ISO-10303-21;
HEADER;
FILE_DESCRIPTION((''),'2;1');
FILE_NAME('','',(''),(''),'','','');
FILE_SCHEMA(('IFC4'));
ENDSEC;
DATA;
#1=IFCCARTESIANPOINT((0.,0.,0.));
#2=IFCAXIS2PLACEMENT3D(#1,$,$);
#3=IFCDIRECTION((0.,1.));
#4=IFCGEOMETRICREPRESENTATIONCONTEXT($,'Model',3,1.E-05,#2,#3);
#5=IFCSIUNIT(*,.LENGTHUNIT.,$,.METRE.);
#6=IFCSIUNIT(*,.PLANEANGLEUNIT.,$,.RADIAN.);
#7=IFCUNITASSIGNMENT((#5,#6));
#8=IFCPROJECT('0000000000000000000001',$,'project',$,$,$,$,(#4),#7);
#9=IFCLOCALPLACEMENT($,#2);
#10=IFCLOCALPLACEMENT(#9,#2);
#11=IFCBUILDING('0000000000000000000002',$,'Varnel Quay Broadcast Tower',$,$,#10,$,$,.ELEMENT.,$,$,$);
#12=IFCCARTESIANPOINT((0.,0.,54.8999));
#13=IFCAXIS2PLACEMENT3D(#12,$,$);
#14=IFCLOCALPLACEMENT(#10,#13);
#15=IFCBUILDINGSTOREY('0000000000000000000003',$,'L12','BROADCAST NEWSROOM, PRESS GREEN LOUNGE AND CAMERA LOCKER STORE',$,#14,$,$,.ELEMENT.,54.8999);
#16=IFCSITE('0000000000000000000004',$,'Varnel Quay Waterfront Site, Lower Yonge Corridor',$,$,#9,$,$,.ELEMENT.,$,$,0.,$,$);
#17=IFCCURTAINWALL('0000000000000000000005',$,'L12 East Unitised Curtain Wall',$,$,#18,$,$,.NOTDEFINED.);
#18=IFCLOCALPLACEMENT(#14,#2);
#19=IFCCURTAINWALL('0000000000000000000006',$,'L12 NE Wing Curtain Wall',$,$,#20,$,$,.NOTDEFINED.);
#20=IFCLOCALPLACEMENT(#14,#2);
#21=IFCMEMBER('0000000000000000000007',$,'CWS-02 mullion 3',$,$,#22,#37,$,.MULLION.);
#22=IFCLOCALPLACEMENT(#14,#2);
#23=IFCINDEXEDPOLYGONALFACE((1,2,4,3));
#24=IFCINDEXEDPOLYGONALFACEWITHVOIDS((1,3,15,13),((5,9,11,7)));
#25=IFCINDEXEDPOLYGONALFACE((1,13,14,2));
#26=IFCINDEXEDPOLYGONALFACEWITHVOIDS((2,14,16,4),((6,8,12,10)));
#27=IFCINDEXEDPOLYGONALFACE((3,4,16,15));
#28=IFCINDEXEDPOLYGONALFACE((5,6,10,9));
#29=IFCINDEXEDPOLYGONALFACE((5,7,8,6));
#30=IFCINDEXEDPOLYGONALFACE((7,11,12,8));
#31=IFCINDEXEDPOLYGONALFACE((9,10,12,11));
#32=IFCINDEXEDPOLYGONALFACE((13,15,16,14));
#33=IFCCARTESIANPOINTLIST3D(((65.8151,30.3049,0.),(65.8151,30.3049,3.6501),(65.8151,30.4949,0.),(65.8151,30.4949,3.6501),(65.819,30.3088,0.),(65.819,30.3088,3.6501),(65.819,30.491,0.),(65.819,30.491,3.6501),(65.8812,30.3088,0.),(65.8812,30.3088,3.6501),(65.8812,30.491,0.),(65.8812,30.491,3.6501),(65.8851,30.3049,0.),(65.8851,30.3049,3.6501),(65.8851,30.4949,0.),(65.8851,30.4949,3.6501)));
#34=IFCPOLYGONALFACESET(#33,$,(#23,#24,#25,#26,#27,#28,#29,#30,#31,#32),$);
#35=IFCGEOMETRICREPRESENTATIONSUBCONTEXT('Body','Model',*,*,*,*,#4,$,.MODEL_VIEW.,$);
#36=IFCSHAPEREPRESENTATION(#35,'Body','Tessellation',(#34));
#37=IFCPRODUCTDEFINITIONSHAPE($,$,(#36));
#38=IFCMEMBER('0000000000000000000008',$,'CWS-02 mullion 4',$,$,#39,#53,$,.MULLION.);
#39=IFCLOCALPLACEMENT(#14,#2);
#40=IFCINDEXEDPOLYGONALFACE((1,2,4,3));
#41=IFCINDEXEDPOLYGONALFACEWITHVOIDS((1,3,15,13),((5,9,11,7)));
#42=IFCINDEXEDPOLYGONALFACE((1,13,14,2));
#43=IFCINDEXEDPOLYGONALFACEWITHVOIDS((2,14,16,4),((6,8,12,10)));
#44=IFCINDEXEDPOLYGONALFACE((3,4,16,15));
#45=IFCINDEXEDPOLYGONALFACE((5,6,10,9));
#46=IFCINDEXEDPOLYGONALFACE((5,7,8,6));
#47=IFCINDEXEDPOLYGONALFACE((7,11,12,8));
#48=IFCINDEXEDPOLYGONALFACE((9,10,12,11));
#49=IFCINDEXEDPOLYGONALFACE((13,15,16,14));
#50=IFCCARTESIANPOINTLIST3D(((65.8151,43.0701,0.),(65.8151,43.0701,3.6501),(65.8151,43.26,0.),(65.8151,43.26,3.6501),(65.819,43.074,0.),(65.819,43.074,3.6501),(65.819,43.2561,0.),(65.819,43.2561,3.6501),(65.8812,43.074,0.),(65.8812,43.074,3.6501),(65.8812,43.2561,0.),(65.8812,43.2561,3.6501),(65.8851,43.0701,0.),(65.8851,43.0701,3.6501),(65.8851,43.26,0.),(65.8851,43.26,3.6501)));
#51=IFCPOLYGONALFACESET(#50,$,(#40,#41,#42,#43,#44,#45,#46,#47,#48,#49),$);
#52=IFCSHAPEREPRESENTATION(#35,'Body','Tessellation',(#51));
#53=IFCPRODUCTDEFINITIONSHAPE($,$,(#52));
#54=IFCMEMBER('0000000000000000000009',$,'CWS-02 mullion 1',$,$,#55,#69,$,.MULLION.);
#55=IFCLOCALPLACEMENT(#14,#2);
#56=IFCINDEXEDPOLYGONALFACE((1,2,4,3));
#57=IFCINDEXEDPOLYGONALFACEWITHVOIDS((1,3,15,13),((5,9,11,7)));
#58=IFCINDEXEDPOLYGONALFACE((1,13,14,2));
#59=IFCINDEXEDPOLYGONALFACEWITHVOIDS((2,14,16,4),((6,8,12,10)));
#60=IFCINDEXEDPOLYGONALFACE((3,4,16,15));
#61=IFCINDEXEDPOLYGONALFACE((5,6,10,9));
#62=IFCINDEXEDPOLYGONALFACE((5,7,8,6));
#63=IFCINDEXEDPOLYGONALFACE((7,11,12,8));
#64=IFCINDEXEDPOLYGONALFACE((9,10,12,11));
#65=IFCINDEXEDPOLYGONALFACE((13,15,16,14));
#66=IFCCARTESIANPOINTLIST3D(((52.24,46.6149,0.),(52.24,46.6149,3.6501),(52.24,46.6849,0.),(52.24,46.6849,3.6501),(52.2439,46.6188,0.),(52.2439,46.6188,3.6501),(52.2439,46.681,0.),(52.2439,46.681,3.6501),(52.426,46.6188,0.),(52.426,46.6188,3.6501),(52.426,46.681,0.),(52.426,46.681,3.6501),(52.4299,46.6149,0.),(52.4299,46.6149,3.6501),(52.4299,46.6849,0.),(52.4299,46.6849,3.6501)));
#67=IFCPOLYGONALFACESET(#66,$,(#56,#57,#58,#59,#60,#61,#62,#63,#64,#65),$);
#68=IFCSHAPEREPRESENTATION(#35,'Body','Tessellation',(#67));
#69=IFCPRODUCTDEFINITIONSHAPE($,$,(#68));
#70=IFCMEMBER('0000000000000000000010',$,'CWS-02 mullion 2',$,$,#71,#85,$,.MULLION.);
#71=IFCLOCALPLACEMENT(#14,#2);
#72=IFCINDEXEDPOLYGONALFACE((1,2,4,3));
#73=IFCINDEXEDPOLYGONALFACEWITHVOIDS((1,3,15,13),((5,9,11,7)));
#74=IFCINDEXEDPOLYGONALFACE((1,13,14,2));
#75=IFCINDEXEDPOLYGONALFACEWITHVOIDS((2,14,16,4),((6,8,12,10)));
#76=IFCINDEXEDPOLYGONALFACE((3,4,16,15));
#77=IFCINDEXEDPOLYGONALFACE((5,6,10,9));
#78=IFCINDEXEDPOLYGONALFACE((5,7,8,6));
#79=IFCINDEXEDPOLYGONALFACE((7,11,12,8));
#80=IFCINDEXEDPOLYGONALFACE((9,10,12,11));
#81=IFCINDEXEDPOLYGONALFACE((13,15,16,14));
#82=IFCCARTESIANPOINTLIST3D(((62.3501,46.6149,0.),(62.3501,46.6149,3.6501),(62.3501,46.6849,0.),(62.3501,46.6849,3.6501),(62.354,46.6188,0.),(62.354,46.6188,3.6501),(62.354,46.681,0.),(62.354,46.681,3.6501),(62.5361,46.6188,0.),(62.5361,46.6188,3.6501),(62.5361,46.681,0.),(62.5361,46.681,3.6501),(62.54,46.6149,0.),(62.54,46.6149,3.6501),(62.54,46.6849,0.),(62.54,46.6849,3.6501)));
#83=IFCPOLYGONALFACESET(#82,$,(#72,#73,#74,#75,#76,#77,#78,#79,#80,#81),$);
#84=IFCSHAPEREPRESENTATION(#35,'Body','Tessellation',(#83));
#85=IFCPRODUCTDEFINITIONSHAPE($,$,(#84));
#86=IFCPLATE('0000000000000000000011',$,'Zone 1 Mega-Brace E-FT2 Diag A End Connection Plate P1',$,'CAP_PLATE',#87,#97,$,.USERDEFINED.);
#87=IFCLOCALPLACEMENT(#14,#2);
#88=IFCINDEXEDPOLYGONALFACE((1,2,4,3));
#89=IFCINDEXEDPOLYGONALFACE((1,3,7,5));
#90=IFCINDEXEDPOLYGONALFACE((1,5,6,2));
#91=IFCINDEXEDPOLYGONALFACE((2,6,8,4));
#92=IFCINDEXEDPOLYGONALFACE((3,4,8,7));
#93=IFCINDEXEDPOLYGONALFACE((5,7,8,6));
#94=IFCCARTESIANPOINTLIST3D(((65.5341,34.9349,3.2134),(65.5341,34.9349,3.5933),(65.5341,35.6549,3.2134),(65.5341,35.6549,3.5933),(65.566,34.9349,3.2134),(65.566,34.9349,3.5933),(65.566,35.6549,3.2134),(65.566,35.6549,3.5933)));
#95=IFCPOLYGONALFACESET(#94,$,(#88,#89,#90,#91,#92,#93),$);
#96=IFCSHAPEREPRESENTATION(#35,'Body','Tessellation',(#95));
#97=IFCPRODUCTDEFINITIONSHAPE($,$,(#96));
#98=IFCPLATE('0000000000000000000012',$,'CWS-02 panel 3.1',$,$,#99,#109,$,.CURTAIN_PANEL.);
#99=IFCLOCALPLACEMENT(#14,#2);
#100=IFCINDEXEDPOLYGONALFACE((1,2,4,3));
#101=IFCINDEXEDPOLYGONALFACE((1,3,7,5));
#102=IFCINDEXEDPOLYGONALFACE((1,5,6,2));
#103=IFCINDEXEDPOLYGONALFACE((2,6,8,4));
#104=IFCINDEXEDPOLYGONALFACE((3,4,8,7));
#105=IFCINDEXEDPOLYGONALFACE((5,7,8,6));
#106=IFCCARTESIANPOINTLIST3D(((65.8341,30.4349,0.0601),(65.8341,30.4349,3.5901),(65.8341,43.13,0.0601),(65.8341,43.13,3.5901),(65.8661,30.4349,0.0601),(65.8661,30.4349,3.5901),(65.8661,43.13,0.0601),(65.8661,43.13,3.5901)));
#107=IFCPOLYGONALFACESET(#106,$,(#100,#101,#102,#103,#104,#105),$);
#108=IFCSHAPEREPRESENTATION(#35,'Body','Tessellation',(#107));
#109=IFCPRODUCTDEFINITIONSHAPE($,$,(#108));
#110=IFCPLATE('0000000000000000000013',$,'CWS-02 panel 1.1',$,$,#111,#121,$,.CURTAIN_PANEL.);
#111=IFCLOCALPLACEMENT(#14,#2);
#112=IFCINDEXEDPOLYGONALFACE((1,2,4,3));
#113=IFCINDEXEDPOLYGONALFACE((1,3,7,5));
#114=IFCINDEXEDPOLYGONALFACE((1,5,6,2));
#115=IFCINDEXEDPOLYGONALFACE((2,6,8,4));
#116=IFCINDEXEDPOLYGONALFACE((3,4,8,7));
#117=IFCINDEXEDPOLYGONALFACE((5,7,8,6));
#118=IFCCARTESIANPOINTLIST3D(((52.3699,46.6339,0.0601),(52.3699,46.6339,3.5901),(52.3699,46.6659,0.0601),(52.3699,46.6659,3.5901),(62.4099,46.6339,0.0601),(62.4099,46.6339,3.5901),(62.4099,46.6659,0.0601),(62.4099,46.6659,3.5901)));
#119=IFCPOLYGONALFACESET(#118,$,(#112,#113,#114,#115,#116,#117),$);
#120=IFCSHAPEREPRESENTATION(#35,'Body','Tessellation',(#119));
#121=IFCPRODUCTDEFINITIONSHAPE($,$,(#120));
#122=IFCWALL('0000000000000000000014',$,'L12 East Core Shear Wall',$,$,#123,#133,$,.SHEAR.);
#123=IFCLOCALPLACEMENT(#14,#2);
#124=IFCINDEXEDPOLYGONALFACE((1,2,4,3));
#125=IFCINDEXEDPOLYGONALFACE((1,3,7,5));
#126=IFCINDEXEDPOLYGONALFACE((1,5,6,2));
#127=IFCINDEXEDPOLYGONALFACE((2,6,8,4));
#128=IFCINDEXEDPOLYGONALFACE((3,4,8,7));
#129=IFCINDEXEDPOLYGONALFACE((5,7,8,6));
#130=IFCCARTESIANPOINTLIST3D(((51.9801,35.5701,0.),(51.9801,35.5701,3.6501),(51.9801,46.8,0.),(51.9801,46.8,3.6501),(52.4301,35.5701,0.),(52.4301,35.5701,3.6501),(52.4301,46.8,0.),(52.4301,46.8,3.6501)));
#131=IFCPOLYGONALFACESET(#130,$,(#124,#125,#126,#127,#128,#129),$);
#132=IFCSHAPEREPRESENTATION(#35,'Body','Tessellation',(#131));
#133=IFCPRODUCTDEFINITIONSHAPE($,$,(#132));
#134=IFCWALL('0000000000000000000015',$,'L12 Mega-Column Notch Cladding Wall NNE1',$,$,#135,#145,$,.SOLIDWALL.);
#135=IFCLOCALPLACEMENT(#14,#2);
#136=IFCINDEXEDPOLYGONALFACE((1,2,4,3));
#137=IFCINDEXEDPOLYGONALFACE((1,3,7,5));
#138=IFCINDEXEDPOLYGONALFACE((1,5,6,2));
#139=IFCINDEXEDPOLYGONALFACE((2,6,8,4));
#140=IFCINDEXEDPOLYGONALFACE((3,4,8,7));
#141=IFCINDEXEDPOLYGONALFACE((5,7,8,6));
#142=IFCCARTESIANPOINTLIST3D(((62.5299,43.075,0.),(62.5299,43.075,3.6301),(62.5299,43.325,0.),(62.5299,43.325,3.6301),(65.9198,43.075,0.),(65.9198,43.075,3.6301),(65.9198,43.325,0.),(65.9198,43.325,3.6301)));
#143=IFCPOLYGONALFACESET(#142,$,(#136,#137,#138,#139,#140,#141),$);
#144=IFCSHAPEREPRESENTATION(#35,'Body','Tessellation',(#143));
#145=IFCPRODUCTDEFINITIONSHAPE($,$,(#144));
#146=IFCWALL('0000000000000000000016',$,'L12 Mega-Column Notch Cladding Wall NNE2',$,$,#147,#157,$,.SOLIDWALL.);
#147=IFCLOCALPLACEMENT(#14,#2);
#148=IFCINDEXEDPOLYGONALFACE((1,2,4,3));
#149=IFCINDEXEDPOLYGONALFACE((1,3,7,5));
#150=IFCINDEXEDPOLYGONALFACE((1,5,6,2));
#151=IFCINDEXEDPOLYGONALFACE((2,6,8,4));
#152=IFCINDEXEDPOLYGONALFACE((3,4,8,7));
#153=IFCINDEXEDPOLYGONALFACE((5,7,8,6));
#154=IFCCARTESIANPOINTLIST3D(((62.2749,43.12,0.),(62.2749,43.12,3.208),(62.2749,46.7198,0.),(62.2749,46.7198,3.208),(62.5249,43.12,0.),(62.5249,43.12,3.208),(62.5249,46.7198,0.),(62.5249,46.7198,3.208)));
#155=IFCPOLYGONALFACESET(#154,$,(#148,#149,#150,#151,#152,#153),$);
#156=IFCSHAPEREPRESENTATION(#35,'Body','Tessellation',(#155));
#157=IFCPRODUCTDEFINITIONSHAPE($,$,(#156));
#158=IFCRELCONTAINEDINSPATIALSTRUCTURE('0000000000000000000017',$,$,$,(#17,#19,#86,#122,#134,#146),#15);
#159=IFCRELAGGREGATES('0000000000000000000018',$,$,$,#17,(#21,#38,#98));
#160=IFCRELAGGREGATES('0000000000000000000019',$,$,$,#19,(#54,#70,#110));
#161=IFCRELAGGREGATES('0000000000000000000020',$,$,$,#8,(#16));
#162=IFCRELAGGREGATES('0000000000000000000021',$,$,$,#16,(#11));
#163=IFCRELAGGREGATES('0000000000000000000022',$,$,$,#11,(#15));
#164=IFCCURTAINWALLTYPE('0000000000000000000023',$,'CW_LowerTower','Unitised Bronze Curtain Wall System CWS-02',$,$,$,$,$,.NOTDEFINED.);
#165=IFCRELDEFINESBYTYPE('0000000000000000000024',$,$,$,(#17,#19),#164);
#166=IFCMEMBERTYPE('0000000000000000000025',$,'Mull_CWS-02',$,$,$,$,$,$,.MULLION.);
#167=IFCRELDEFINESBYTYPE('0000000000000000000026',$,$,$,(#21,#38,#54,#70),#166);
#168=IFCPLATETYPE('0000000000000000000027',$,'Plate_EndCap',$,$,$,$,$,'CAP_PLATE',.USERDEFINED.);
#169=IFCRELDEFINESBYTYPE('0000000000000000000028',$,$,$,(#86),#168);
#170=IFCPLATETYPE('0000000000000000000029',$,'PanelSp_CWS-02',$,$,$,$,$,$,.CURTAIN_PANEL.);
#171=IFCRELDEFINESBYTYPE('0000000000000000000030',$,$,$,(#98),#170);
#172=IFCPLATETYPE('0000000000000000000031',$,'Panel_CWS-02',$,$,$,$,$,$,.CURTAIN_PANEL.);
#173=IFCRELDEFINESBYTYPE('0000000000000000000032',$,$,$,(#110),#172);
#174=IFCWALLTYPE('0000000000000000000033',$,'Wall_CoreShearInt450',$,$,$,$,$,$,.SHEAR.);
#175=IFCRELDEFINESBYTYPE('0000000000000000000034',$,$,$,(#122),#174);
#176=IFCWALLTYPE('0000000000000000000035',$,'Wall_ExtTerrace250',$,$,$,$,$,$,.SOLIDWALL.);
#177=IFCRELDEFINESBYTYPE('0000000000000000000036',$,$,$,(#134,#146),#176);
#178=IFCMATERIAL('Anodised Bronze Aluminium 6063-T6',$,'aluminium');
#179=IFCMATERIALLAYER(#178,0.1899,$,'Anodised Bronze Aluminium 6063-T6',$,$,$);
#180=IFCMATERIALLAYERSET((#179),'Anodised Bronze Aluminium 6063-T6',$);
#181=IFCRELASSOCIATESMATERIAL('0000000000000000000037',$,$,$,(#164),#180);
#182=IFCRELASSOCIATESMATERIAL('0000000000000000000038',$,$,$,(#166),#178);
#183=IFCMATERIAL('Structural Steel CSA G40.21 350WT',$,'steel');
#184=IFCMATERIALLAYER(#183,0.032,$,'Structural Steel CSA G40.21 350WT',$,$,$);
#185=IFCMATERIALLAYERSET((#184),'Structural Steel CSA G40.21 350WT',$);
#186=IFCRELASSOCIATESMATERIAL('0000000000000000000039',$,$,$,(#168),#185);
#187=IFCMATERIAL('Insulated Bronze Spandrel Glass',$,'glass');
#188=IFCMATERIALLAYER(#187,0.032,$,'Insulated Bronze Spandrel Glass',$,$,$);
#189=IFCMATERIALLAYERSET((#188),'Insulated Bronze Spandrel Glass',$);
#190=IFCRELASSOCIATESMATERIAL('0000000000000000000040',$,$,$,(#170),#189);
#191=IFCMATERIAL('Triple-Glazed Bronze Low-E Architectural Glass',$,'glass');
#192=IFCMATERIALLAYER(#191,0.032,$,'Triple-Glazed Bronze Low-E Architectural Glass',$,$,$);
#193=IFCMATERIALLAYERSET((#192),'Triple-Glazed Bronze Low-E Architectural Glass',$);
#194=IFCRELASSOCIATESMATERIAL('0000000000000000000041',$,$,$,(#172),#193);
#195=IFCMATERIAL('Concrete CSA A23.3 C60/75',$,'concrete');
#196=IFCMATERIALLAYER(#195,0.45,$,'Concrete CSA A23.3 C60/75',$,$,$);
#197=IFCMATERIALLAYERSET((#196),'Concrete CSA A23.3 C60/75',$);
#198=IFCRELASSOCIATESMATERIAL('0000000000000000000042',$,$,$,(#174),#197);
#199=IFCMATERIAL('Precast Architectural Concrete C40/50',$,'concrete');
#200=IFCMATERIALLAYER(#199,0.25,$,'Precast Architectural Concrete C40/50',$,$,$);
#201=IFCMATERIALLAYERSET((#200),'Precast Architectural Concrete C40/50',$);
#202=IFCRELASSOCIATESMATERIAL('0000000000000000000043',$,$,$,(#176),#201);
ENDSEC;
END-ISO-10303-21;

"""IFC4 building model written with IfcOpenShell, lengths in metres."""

from ifc_helpers import new_model, si_unit, direction, frame, frame_2d, origin, origin_2d, place, context, subcontext, project, spatial, rectangle, hollow_rectangle, extrude, source, transform, mapped, material, layer, layer_set, material_profile, profile_set, type_object, type_shapes, element, aggregate, save


model = new_model("IFC4")

# Units and contexts
model_context = context("Model", 3, precision=1e-05, world=origin(), true_north=direction((0.0, 1.0)))
body_context = subcontext(model_context, "Body", "Model", "MODEL_VIEW")
ifc_project = project(units=[si_unit("LENGTHUNIT", "METRE"), si_unit("PLANEANGLEUNIT", "RADIAN")], contexts=[model_context])

# Site, building, storey
site_placement = place(None, origin())
site = spatial("IfcSite", under=ifc_project, at=site_placement, Name="Varnel Quay Waterfront Site, Lower Yonge Corridor", CompositionType="ELEMENT", RefElevation=0.0)
building_placement = place(site_placement, origin())
building = spatial("IfcBuilding", under=site, at=building_placement, Name="Varnel Quay Broadcast Tower", CompositionType="ELEMENT")
storey_placement = place(building_placement, frame((0.0, 0.0, 54.8999)))
storey = spatial("IfcBuildingStorey", under=building, at=storey_placement, Name="L12", Description="BROADCAST NEWSROOM, PRESS GREEN LOUNGE AND CAMERA LOCKER STORE", CompositionType="ELEMENT", Elevation=54.8999)

# Shared definitions
ifc_material_1 = material(Name="Structural Steel CSA G40.21 350WT", Category="steel")

# Curtain walls
ifc_material_2 = material(Name="Anodised Bronze Aluminium 6063-T6", Category="aluminium")
ifc_layer_1 = layer(ifc_material_2, 0.1899, Name="Anodised Bronze Aluminium 6063-T6")
ifc_layer_set_1 = layer_set([ifc_layer_1], Name="Anodised Bronze Aluminium 6063-T6")
curtain_wall_type = type_object("IfcCurtainWallType", Name="CW_LowerTower", Description="Unitised Bronze Curtain Wall System CWS-02", PredefinedType="NOTDEFINED", material=ifc_layer_set_1)
curtain_wall_1_placement = place(storey_placement, origin())
curtain_wall_1 = element("IfcCurtainWall", 1, at=curtain_wall_1_placement, inside=storey, type_object=curtain_wall_type, Name="L12 East Unitised Curtain Wall", PredefinedType="NOTDEFINED")
curtain_wall_2_placement = place(storey_placement, origin())
curtain_wall_2 = element("IfcCurtainWall", 2, at=curtain_wall_2_placement, inside=storey, type_object=curtain_wall_type, Name="L12 NE Wing Curtain Wall", PredefinedType="NOTDEFINED")

# Members
ifc_material_profile_1 = material_profile(ifc_material_2, hollow_rectangle(XDim=0.0701, YDim=0.1899, WallThickness=0.0039, at=origin_2d()), Name="ALU70X190X4")
ifc_profile_set_1 = profile_set([ifc_material_profile_1], Name="Anodised Bronze Aluminium 6063-T6")
member_type_1 = type_object("IfcMemberType", Name="Mull_CWS-02", PredefinedType="MULLION", material=ifc_profile_set_1)
shared_shape_1 = source(origin(), body_context, "Body", "SweptSolid", [
    extrude(hollow_rectangle(XDim=0.0701, YDim=0.1899, WallThickness=0.0039, at=origin_2d()), origin(), (0.0, 0.0, 1.0), 3.6501),
])
type_shapes(member_type_1, [shared_shape_1])
member_1_placement = place(storey_placement, frame((65.8501, 30.3999, 0.0), z_axis=(0.0, 0.0, 1.0), x_axis=(-1.0, 0.0, 0.0)))
member_1 = element("IfcMember", 3, at=member_1_placement, type_object=member_type_1, Name="CWS-02 mullion 3", PredefinedType="MULLION", context=body_context, shape_type="MappedRepresentation", body=[
    mapped(shared_shape_1, transform((0.0, 0.0, 0.0), x_axis=(1.0, 0.0, 0.0), y_axis=(0.0, 1.0, 0.0), z_axis=(0.0, 0.0, 1.0), scale=1.0)),
])
member_2_placement = place(storey_placement, frame((65.8501, 43.165, 0.0), z_axis=(0.0, 0.0, 1.0), x_axis=(-1.0, 0.0, 0.0)))
member_2 = element("IfcMember", 4, at=member_2_placement, type_object=member_type_1, Name="CWS-02 mullion 4", PredefinedType="MULLION", context=body_context, shape_type="MappedRepresentation", body=[
    mapped(shared_shape_1, transform((0.0, 0.0, 0.0), x_axis=(1.0, 0.0, 0.0), y_axis=(0.0, 1.0, 0.0), z_axis=(0.0, 0.0, 1.0), scale=1.0)),
])
member_3_placement = place(storey_placement, frame((52.335, 46.6499, 0.0), z_axis=(0.0, 0.0, 1.0), x_axis=(0.0, 1.0, 0.0)))
member_3 = element("IfcMember", 5, at=member_3_placement, type_object=member_type_1, Name="CWS-02 mullion 1", PredefinedType="MULLION", context=body_context, shape_type="MappedRepresentation", body=[
    mapped(shared_shape_1, transform((0.0, 0.0, 0.0), x_axis=(1.0, 0.0, 0.0), y_axis=(0.0, 1.0, 0.0), z_axis=(0.0, 0.0, 1.0), scale=1.0)),
])
member_4_placement = place(storey_placement, frame((62.4451, 46.6499, 0.0), z_axis=(0.0, 0.0, 1.0), x_axis=(0.0, 1.0, 0.0)))
member_4 = element("IfcMember", 6, at=member_4_placement, type_object=member_type_1, Name="CWS-02 mullion 2", PredefinedType="MULLION", context=body_context, shape_type="MappedRepresentation", body=[
    mapped(shared_shape_1, transform((0.0, 0.0, 0.0), x_axis=(1.0, 0.0, 0.0), y_axis=(0.0, 1.0, 0.0), z_axis=(0.0, 0.0, 1.0), scale=1.0)),
])

# Plates
ifc_layer_2 = layer(ifc_material_1, 0.032, Name="Structural Steel CSA G40.21 350WT")
ifc_layer_set_2 = layer_set([ifc_layer_2], Name="Structural Steel CSA G40.21 350WT")
plate_type_1 = type_object("IfcPlateType", Name="Plate_EndCap", ElementType="CAP_PLATE", PredefinedType="USERDEFINED", material=ifc_layer_set_2)
shared_shape_2 = source(origin(), body_context, "Body", "SweptSolid", [
    extrude(rectangle(XDim=0.72, YDim=0.032, at=origin_2d()), origin(), (0.0, 0.0, 1.0), 0.3799),
])
type_shapes(plate_type_1, [shared_shape_2])
plate_1_placement = place(storey_placement, frame((65.55, 35.2949, 3.2134), z_axis=(0.0, 0.0, 1.0), x_axis=(0.0, 1.0, 0.0)))
element("IfcPlate", 7, at=plate_1_placement, inside=storey, type_object=plate_type_1, Name="Zone 1 Mega-Brace E-FT2 Diag A End Connection Plate P1", ObjectType="CAP_PLATE", PredefinedType="USERDEFINED", context=body_context, shape_type="MappedRepresentation", body=[
    mapped(shared_shape_2, transform((0.0, 0.0, 0.0), x_axis=(1.0, 0.0, 0.0), y_axis=(0.0, 1.0, 0.0), z_axis=(0.0, 0.0, 1.0), scale=1.0)),
])
ifc_material_3 = material(Name="Insulated Bronze Spandrel Glass", Category="glass")
ifc_layer_3 = layer(ifc_material_3, 0.032, Name="Insulated Bronze Spandrel Glass")
ifc_layer_set_3 = layer_set([ifc_layer_3], Name="Insulated Bronze Spandrel Glass")
plate_type_2 = type_object("IfcPlateType", Name="PanelSp_CWS-02", PredefinedType="CURTAIN_PANEL", material=ifc_layer_set_3)
shared_shape_3 = source(origin(), body_context, "Body", "SweptSolid", [
    extrude(rectangle(XDim=12.6951, YDim=0.032, at=origin_2d()), origin(), (0.0, 0.0, 1.0), 3.53),
])
type_shapes(plate_type_2, [shared_shape_3])
plate_2_placement = place(storey_placement, frame((65.8501, 36.7825, 0.0601), z_axis=(0.0, 0.0, 1.0), x_axis=(0.0, 1.0, 0.0)))
plate_2 = element("IfcPlate", 8, at=plate_2_placement, type_object=plate_type_2, Name="CWS-02 panel 3.1", PredefinedType="CURTAIN_PANEL", context=body_context, shape_type="MappedRepresentation", body=[
    mapped(shared_shape_3, transform((0.0, 0.0, 0.0), x_axis=(1.0, 0.0, 0.0), y_axis=(0.0, 1.0, 0.0), z_axis=(0.0, 0.0, 1.0), scale=1.0)),
])
aggregate(curtain_wall_1, [member_1, member_2, plate_2])
ifc_material_4 = material(Name="Triple-Glazed Bronze Low-E Architectural Glass", Category="glass")
ifc_layer_4 = layer(ifc_material_4, 0.032, Name="Triple-Glazed Bronze Low-E Architectural Glass")
ifc_layer_set_4 = layer_set([ifc_layer_4], Name="Triple-Glazed Bronze Low-E Architectural Glass")
plate_type_3 = type_object("IfcPlateType", Name="Panel_CWS-02", PredefinedType="CURTAIN_PANEL", material=ifc_layer_set_4)
shared_shape_4 = source(origin(), body_context, "Body", "SweptSolid", [
    extrude(rectangle(XDim=10.04, YDim=0.032, at=origin_2d()), origin(), (0.0, 0.0, 1.0), 3.53),
])
type_shapes(plate_type_3, [shared_shape_4])
plate_3_placement = place(storey_placement, frame((57.3899, 46.6499, 0.0601), z_axis=(0.0, 0.0, 1.0), x_axis=(1.0, 0.0, 0.0)))
plate_3 = element("IfcPlate", 9, at=plate_3_placement, type_object=plate_type_3, Name="CWS-02 panel 1.1", PredefinedType="CURTAIN_PANEL", context=body_context, shape_type="MappedRepresentation", body=[
    mapped(shared_shape_4, transform((0.0, 0.0, 0.0), x_axis=(1.0, 0.0, 0.0), y_axis=(0.0, 1.0, 0.0), z_axis=(0.0, 0.0, 1.0), scale=1.0)),
])
aggregate(curtain_wall_2, [member_3, member_4, plate_3])

# Walls
ifc_material_5 = material(Name="Concrete CSA A23.3 C60/75", Category="concrete")
ifc_layer_5 = layer(ifc_material_5, 0.45, Name="Concrete CSA A23.3 C60/75")
ifc_layer_set_5 = layer_set([ifc_layer_5], Name="Concrete CSA A23.3 C60/75")
wall_type_1 = type_object("IfcWallType", Name="Wall_CoreShearInt450", PredefinedType="SHEAR", material=ifc_layer_set_5)
wall_1_placement = place(storey_placement, frame((52.2051, 35.5701, 0.0), z_axis=(0.0, 0.0, 1.0), x_axis=(0.0, 1.0, 0.0)))
element("IfcWall", 10, at=wall_1_placement, inside=storey, type_object=wall_type_1, Name="L12 East Core Shear Wall", PredefinedType="SHEAR", context=body_context, shape_type="SweptSolid", body=[
    extrude(rectangle(XDim=11.23, YDim=0.45, at=frame_2d((5.615, 0.0))), origin(), (0.0, 0.0, 1.0), 3.6501),
])
ifc_material_6 = material(Name="Precast Architectural Concrete C40/50", Category="concrete")
ifc_layer_6 = layer(ifc_material_6, 0.25, Name="Precast Architectural Concrete C40/50")
ifc_layer_set_6 = layer_set([ifc_layer_6], Name="Precast Architectural Concrete C40/50")
wall_type_2 = type_object("IfcWallType", Name="Wall_ExtTerrace250", PredefinedType="SOLIDWALL", material=ifc_layer_set_6)
wall_2_placement = place(storey_placement, frame((62.53, 43.2, 0.0), z_axis=(0.0, 0.0, 1.0), x_axis=(1.0, 0.0, 0.0)))
element("IfcWall", 11, at=wall_2_placement, inside=storey, type_object=wall_type_2, Name="L12 Mega-Column Notch Cladding Wall NNE1", PredefinedType="SOLIDWALL", context=body_context, shape_type="SweptSolid", body=[
    extrude(rectangle(XDim=3.3899, YDim=0.25, at=frame_2d((1.6948, 0.0))), origin(), (0.0, 0.0, 1.0), 3.6301),
])
wall_3_placement = place(storey_placement, frame((62.3999, 43.1201, 0.0), z_axis=(0.0, 0.0, 1.0), x_axis=(0.0, 1.0, 0.0)))
element("IfcWall", 12, at=wall_3_placement, inside=storey, type_object=wall_type_2, Name="L12 Mega-Column Notch Cladding Wall NNE2", PredefinedType="SOLIDWALL", context=body_context, shape_type="SweptSolid", body=[
    extrude(rectangle(XDim=3.5999, YDim=0.25, at=frame_2d((1.7998, 0.0))), origin(), (0.0, 0.0, 1.0), 3.208),
])

save(model, "model.ifc")
